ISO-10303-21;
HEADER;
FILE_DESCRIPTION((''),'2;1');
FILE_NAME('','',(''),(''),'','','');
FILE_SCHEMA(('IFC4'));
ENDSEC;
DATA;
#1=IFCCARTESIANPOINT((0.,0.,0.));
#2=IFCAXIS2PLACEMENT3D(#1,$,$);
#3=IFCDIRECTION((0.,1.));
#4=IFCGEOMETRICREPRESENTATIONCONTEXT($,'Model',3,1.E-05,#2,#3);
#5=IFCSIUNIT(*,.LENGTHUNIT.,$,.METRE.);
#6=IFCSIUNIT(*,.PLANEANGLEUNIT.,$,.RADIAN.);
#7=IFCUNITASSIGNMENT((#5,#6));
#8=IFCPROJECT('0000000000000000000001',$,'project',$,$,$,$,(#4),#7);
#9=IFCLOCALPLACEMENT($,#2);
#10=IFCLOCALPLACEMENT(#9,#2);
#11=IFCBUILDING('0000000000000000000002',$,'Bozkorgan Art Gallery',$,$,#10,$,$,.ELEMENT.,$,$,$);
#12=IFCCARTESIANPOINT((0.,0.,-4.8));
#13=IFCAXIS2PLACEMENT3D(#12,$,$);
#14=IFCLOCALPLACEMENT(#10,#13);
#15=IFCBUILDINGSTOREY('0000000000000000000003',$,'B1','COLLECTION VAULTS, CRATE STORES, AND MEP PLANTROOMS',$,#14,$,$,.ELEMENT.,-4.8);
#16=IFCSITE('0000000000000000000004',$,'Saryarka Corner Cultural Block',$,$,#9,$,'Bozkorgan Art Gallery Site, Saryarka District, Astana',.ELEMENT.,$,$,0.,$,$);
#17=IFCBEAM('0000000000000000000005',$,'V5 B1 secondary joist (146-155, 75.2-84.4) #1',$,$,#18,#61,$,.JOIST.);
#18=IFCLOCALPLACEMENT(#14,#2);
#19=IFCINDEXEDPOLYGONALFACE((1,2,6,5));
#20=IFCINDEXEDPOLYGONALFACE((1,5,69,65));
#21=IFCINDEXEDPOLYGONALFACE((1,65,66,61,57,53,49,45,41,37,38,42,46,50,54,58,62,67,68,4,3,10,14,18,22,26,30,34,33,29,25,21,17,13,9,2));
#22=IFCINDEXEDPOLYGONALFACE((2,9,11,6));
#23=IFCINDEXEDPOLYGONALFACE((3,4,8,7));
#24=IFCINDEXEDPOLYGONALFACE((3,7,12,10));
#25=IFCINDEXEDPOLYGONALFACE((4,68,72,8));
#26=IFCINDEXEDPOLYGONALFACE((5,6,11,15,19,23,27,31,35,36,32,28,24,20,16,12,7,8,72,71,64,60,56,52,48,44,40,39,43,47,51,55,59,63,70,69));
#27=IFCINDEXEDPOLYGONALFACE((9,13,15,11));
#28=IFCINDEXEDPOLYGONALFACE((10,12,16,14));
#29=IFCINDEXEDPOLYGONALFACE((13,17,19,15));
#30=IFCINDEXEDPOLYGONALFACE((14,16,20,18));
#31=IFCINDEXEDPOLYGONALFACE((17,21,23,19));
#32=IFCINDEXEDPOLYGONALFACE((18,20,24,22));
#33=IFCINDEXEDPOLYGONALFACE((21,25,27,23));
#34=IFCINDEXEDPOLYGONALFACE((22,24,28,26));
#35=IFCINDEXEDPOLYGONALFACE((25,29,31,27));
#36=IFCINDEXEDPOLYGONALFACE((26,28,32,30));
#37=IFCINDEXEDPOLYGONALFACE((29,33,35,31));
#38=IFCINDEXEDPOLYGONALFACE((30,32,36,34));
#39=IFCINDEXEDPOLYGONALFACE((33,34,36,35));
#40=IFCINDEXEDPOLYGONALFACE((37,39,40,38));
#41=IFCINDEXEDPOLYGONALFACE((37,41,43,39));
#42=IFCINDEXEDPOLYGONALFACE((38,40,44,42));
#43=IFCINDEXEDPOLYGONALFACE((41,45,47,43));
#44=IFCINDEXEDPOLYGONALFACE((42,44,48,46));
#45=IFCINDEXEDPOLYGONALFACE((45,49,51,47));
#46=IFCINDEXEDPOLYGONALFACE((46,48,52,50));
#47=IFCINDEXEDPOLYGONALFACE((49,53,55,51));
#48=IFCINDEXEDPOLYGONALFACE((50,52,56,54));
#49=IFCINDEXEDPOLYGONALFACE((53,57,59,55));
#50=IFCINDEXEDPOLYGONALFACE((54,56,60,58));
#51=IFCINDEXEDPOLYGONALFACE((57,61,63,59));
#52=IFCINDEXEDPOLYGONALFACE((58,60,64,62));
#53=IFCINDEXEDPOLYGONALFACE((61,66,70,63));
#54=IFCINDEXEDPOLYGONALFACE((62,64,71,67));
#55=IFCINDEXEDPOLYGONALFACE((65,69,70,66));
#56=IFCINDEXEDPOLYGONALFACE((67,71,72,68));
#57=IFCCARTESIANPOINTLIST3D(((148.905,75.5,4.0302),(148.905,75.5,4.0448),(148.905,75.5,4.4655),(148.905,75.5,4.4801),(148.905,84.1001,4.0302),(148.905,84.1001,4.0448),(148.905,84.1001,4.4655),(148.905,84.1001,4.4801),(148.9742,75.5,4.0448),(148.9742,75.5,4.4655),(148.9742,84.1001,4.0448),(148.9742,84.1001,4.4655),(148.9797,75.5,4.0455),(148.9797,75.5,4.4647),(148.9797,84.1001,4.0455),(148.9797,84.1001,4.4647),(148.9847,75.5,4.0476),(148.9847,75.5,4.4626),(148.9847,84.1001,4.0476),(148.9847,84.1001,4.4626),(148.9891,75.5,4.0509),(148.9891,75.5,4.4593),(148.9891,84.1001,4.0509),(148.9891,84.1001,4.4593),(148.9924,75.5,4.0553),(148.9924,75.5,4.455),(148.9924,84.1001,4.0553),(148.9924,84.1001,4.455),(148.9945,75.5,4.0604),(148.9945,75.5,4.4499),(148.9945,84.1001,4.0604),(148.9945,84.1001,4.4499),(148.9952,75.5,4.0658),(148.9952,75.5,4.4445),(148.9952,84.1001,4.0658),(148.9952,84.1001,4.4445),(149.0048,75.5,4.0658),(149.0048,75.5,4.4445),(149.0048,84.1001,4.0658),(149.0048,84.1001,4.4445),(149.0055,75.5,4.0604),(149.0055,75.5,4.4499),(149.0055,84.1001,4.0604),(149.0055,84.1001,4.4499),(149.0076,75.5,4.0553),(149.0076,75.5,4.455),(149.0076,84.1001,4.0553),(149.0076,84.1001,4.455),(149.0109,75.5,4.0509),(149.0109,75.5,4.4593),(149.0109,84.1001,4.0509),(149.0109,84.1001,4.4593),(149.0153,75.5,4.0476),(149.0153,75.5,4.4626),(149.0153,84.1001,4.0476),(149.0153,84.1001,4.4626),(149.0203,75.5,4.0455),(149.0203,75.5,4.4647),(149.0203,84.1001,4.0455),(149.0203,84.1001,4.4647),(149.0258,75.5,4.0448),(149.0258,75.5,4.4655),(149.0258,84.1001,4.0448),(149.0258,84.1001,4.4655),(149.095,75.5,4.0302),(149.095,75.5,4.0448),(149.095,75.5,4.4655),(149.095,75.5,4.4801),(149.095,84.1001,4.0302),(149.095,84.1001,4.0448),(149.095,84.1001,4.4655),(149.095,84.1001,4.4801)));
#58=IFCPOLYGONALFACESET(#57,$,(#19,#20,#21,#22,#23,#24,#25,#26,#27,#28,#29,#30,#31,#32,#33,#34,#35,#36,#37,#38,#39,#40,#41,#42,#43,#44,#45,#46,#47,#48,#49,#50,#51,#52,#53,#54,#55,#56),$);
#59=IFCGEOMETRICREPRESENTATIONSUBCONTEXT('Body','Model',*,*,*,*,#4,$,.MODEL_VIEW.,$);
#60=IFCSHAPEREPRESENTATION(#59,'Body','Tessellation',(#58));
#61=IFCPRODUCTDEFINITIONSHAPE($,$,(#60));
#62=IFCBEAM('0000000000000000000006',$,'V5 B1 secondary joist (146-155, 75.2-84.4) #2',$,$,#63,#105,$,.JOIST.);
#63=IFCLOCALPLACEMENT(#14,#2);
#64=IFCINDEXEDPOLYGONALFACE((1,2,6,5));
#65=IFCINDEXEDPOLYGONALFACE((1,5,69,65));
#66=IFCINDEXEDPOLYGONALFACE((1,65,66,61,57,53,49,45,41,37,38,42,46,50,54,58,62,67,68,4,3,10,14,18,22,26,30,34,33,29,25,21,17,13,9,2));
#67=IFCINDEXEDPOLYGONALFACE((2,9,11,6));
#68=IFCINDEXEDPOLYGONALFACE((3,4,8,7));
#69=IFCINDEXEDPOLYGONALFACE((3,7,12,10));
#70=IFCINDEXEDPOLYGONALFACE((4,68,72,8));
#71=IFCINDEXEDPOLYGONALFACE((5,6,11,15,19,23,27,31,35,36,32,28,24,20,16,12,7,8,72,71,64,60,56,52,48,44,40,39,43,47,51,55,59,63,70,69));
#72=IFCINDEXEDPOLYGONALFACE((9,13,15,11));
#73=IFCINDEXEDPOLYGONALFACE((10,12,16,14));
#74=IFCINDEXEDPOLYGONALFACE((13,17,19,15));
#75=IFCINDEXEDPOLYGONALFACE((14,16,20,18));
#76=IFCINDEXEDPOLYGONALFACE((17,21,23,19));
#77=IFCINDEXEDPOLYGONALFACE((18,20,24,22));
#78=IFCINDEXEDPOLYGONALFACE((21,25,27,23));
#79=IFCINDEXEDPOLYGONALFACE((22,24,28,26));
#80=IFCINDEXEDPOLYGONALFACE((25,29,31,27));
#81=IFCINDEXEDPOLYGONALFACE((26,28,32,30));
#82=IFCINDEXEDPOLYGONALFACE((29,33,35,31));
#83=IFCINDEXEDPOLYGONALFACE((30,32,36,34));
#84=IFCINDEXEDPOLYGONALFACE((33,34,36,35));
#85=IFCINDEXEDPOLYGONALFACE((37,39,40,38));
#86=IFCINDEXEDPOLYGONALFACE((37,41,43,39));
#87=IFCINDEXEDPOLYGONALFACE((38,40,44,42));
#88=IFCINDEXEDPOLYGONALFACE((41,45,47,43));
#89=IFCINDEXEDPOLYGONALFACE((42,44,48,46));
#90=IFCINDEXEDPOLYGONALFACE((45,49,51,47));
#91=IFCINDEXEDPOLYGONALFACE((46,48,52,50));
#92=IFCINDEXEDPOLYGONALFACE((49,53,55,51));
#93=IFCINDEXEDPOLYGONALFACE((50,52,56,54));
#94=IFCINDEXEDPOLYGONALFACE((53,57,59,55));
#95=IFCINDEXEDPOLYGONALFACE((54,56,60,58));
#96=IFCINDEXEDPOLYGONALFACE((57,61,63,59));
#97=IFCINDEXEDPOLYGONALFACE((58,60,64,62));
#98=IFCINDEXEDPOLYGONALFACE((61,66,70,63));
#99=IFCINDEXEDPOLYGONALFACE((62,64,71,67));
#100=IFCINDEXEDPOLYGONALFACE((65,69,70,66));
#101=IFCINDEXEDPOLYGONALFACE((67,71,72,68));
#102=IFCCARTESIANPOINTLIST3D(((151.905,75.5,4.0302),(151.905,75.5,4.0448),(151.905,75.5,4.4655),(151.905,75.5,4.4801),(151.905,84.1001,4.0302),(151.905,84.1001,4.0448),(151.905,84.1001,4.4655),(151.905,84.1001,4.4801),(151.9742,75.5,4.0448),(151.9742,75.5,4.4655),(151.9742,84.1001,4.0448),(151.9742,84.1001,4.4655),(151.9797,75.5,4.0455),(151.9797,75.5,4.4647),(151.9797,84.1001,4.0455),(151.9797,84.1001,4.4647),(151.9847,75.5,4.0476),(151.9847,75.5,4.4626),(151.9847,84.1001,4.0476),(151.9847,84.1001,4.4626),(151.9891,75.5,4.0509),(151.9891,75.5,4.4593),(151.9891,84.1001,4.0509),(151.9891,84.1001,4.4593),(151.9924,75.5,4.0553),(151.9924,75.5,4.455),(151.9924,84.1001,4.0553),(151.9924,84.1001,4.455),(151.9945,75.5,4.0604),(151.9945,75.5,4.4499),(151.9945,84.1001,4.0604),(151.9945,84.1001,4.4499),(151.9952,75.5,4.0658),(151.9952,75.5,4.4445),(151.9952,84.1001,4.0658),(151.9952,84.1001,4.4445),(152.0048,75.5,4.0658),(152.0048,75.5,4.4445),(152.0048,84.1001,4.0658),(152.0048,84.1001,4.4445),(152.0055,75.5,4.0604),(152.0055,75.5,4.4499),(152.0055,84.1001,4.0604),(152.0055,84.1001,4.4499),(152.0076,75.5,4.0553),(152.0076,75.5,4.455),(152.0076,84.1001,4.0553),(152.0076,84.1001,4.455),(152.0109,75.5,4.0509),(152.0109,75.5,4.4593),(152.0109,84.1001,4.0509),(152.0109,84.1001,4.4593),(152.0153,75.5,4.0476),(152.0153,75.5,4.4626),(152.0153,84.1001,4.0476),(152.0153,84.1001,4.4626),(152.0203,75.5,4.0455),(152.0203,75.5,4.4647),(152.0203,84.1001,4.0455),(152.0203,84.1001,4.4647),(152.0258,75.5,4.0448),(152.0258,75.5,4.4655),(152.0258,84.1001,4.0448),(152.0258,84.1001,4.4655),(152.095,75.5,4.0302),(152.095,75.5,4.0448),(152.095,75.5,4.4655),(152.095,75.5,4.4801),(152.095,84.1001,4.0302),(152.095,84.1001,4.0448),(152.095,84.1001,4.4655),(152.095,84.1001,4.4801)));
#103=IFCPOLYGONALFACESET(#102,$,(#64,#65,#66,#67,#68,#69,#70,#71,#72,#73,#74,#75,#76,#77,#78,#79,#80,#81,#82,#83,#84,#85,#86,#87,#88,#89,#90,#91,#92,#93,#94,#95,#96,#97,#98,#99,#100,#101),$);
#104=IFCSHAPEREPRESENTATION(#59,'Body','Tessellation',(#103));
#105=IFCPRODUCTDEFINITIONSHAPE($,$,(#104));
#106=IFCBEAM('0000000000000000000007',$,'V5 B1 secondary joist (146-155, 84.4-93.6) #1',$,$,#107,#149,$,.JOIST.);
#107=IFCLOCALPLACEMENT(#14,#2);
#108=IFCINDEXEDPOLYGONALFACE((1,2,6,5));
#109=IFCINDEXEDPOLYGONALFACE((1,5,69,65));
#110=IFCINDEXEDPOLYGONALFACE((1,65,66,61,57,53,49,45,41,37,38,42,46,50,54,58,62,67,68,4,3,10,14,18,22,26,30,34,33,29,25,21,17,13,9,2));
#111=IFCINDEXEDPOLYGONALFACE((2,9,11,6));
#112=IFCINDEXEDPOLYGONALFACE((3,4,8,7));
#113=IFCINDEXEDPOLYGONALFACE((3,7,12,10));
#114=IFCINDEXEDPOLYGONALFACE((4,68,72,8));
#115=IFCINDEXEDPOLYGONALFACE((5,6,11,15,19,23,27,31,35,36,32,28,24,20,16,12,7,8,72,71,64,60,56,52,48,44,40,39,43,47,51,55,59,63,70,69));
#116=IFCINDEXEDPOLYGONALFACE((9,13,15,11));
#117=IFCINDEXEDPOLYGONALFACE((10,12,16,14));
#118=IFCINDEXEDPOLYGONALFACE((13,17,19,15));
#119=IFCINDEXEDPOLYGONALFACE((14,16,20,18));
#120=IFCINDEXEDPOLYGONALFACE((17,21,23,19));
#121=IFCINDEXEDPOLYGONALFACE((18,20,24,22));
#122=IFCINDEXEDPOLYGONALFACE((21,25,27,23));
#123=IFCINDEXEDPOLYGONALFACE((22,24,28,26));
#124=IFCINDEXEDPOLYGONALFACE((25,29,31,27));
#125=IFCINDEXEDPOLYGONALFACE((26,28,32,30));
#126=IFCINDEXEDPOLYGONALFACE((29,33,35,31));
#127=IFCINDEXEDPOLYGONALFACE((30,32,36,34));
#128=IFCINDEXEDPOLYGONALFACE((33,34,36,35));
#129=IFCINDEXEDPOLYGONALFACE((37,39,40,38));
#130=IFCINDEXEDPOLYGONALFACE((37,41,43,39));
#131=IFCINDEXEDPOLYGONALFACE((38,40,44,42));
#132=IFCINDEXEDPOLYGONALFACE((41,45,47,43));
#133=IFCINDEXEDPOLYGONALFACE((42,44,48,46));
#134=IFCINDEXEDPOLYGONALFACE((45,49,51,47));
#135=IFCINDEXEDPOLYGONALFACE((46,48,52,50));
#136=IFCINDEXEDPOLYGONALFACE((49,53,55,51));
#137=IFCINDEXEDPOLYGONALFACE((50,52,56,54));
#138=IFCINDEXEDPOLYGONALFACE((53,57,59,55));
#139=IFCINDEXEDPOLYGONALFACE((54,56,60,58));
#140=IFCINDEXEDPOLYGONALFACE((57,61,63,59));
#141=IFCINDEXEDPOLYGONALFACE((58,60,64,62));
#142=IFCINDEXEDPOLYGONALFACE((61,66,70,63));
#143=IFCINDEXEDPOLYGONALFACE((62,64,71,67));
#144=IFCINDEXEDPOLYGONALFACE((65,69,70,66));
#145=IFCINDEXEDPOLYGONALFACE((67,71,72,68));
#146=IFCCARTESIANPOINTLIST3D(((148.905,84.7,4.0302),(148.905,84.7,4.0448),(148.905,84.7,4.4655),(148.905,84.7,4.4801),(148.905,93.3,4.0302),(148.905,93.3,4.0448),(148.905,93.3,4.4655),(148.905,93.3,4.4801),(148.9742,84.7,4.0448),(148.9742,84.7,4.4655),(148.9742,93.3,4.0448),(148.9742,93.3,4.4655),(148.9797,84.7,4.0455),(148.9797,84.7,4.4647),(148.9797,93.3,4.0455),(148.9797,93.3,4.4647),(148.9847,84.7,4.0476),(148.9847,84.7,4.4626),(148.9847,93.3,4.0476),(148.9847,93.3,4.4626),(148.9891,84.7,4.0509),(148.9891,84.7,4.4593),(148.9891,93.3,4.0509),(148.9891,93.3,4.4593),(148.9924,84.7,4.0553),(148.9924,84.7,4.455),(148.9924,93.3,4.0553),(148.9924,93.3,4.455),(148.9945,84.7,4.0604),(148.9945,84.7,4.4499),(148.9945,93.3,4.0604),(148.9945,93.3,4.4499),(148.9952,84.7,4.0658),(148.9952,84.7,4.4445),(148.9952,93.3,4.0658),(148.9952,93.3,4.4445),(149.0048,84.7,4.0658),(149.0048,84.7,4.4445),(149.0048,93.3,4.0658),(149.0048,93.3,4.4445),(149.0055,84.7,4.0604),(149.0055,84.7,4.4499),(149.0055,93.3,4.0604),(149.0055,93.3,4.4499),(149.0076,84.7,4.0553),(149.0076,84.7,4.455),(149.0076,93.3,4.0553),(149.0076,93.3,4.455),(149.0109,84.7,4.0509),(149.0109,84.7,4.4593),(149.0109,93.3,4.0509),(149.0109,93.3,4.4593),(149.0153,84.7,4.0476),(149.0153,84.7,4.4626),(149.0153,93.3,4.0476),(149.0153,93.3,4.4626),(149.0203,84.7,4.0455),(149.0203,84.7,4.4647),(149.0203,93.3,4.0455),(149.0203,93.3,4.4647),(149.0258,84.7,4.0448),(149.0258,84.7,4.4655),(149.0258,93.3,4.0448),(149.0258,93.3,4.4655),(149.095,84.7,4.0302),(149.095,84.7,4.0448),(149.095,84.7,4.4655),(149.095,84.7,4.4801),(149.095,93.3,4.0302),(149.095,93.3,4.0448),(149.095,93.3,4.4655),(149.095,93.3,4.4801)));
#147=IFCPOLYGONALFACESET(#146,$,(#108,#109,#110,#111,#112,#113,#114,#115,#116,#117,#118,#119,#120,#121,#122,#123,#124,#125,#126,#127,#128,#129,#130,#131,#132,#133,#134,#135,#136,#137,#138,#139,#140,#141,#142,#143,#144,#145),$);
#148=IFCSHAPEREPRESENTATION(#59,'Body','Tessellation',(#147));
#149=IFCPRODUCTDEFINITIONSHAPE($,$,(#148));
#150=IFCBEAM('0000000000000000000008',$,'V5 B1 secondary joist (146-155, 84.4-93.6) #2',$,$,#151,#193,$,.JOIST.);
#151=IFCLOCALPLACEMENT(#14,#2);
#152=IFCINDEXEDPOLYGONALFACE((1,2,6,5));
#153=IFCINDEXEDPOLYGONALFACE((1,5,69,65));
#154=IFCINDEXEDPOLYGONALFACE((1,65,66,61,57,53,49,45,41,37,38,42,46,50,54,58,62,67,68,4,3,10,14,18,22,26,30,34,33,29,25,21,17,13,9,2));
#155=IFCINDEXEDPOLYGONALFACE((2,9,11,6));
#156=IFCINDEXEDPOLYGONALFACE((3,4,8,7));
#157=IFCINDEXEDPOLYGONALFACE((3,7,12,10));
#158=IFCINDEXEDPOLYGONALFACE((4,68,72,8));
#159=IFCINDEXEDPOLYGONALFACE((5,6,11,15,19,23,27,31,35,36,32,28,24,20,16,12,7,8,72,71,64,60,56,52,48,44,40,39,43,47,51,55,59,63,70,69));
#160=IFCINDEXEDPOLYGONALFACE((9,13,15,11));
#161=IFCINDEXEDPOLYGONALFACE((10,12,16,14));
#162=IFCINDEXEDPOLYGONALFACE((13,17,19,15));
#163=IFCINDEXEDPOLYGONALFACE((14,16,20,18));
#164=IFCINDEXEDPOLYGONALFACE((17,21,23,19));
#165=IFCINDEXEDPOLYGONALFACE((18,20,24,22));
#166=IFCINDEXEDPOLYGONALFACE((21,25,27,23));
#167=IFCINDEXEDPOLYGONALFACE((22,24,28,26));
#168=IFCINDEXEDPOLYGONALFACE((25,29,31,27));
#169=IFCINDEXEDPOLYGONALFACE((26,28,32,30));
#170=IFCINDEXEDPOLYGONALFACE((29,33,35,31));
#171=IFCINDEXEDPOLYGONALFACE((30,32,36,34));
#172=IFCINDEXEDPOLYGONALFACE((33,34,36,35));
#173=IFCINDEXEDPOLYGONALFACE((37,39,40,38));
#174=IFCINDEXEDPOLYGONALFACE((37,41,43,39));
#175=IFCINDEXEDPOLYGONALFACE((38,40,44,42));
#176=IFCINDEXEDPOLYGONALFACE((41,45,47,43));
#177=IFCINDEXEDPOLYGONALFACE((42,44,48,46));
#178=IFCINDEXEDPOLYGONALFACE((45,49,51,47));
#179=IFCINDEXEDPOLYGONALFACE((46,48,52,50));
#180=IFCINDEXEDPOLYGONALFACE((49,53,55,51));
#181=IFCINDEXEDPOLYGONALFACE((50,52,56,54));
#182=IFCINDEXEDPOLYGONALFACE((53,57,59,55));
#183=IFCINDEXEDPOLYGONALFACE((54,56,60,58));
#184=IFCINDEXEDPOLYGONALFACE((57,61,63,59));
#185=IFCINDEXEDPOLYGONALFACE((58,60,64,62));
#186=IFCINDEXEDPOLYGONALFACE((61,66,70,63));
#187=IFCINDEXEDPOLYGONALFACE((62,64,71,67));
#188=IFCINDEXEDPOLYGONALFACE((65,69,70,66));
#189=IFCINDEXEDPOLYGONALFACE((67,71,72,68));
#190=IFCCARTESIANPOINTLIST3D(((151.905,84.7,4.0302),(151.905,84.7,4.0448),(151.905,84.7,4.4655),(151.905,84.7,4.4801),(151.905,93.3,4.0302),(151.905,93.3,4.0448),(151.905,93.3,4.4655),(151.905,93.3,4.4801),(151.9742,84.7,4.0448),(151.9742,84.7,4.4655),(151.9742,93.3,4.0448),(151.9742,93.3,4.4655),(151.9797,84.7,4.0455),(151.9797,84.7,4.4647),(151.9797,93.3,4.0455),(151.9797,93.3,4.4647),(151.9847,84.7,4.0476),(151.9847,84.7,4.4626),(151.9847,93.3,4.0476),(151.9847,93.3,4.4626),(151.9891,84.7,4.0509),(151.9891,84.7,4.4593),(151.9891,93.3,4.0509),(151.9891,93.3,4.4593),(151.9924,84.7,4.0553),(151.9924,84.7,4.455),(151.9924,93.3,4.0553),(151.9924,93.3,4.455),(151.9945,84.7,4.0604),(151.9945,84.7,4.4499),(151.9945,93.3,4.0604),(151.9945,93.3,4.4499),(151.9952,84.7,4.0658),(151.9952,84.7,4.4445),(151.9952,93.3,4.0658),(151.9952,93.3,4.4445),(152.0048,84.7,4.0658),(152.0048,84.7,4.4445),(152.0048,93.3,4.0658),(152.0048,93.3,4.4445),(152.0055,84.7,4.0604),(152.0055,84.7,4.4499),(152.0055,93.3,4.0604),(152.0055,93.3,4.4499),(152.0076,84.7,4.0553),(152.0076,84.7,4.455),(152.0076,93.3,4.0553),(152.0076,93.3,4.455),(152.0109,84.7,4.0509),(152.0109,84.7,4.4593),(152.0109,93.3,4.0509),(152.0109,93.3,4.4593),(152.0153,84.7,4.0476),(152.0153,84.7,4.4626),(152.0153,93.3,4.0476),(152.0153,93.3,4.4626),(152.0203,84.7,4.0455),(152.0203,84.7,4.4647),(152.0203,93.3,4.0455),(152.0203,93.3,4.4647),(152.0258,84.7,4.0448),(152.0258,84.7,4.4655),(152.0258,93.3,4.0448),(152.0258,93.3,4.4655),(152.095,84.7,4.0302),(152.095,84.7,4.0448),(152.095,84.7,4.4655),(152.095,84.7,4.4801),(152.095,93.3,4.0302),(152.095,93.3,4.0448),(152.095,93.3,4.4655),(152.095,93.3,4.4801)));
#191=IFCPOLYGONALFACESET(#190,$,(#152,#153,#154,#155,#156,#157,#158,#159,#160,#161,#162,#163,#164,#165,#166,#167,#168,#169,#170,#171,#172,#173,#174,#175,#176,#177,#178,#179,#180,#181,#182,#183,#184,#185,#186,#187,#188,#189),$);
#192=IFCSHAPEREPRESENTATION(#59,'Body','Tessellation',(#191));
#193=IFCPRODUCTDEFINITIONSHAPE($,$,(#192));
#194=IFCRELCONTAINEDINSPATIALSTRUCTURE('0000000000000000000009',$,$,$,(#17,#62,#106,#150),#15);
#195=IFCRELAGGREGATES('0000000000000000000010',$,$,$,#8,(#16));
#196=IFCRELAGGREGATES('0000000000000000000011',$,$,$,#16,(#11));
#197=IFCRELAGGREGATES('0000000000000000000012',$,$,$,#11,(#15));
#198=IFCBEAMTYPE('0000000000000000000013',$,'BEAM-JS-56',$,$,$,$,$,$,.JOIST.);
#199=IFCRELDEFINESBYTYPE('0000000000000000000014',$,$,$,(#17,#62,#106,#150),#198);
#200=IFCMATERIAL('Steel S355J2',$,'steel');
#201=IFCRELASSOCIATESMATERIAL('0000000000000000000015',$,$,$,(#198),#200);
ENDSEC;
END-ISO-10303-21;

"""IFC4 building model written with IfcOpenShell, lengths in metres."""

from ifc_helpers import new_model, si_unit, direction, frame, origin, origin_2d, place, context, subcontext, project, spatial, i_section, extrude, material, material_profile, profile_set, type_object, element, save


model = new_model("IFC4")

# Units and contexts
model_context = context("Model", 3, precision=1e-05, world=origin(), true_north=direction((0.0, 1.0)))
body_context = subcontext(model_context, "Body", "Model", "MODEL_VIEW")
ifc_project = project(units=[si_unit("LENGTHUNIT", "METRE"), si_unit("PLANEANGLEUNIT", "RADIAN")], contexts=[model_context])

# Site, building, storey
site_placement = place(None, origin())
site = spatial("IfcSite", under=ifc_project, at=site_placement, Name="Saryarka Corner Cultural Block", LongName="Bozkorgan Art Gallery Site, Saryarka District, Astana", CompositionType="ELEMENT", RefElevation=0.0)
building_placement = place(site_placement, origin())
building = spatial("IfcBuilding", under=site, at=building_placement, Name="Bozkorgan Art Gallery", CompositionType="ELEMENT")
storey_placement = place(building_placement, frame((0.0, 0.0, -4.8)))
storey = spatial("IfcBuildingStorey", under=building, at=storey_placement, Name="B1", Description="COLLECTION VAULTS, CRATE STORES, AND MEP PLANTROOMS", CompositionType="ELEMENT", Elevation=-4.8)

# Beams
ifc_material_1 = material(Name="Steel S355J2", Category="steel")
ifc_material_profile_1 = material_profile(ifc_material_1, i_section(OverallWidth=0.1899, OverallDepth=0.45, WebThickness=0.0095, FlangeThickness=0.0146, FilletRadius=0.021, at=origin_2d()), Name="IPE 450")
ifc_profile_set_1 = profile_set([ifc_material_profile_1], Name="Steel S355J2")
beam_type_1 = type_object("IfcBeamType", Name="BEAM-JS-56", PredefinedType="JOIST", material=ifc_profile_set_1)
for number, where, z_axis, x_axis, name in (
    (1, (149.0, 75.5, 4.2551), (0.0, 1.0, 0.0), (-1.0, 0.0, 0.0), "V5 B1 secondary joist (146-155, 75.2-84.4) #1"),
    (2, (152.0, 75.5, 4.2551), (0.0, 1.0, 0.0), (-1.0, 0.0, 0.0), "V5 B1 secondary joist (146-155, 75.2-84.4) #2"),
    (3, (149.0, 84.7, 4.2551), (0.0, 1.0, 0.0), (-1.0, 0.0, 0.0), "V5 B1 secondary joist (146-155, 84.4-93.6) #1"),
    (4, (152.0, 84.7, 4.2551), (0.0, 1.0, 0.0), (-1.0, 0.0, 0.0), "V5 B1 secondary joist (146-155, 84.4-93.6) #2"),
):
    element("IfcBeam", number, at=place(storey_placement, frame(where, z_axis=z_axis, x_axis=x_axis)), inside=storey, type_object=beam_type_1, Name=name, PredefinedType="JOIST", context=body_context, shape_type="SweptSolid", body=[
        extrude(i_section(OverallWidth=0.1899, OverallDepth=0.45, WebThickness=0.0095, FlangeThickness=0.0146, FilletRadius=0.021, at=origin_2d()), origin(), (0.0, 0.0, 1.0), 8.6001),
    ])

save(model, "model.ifc")
